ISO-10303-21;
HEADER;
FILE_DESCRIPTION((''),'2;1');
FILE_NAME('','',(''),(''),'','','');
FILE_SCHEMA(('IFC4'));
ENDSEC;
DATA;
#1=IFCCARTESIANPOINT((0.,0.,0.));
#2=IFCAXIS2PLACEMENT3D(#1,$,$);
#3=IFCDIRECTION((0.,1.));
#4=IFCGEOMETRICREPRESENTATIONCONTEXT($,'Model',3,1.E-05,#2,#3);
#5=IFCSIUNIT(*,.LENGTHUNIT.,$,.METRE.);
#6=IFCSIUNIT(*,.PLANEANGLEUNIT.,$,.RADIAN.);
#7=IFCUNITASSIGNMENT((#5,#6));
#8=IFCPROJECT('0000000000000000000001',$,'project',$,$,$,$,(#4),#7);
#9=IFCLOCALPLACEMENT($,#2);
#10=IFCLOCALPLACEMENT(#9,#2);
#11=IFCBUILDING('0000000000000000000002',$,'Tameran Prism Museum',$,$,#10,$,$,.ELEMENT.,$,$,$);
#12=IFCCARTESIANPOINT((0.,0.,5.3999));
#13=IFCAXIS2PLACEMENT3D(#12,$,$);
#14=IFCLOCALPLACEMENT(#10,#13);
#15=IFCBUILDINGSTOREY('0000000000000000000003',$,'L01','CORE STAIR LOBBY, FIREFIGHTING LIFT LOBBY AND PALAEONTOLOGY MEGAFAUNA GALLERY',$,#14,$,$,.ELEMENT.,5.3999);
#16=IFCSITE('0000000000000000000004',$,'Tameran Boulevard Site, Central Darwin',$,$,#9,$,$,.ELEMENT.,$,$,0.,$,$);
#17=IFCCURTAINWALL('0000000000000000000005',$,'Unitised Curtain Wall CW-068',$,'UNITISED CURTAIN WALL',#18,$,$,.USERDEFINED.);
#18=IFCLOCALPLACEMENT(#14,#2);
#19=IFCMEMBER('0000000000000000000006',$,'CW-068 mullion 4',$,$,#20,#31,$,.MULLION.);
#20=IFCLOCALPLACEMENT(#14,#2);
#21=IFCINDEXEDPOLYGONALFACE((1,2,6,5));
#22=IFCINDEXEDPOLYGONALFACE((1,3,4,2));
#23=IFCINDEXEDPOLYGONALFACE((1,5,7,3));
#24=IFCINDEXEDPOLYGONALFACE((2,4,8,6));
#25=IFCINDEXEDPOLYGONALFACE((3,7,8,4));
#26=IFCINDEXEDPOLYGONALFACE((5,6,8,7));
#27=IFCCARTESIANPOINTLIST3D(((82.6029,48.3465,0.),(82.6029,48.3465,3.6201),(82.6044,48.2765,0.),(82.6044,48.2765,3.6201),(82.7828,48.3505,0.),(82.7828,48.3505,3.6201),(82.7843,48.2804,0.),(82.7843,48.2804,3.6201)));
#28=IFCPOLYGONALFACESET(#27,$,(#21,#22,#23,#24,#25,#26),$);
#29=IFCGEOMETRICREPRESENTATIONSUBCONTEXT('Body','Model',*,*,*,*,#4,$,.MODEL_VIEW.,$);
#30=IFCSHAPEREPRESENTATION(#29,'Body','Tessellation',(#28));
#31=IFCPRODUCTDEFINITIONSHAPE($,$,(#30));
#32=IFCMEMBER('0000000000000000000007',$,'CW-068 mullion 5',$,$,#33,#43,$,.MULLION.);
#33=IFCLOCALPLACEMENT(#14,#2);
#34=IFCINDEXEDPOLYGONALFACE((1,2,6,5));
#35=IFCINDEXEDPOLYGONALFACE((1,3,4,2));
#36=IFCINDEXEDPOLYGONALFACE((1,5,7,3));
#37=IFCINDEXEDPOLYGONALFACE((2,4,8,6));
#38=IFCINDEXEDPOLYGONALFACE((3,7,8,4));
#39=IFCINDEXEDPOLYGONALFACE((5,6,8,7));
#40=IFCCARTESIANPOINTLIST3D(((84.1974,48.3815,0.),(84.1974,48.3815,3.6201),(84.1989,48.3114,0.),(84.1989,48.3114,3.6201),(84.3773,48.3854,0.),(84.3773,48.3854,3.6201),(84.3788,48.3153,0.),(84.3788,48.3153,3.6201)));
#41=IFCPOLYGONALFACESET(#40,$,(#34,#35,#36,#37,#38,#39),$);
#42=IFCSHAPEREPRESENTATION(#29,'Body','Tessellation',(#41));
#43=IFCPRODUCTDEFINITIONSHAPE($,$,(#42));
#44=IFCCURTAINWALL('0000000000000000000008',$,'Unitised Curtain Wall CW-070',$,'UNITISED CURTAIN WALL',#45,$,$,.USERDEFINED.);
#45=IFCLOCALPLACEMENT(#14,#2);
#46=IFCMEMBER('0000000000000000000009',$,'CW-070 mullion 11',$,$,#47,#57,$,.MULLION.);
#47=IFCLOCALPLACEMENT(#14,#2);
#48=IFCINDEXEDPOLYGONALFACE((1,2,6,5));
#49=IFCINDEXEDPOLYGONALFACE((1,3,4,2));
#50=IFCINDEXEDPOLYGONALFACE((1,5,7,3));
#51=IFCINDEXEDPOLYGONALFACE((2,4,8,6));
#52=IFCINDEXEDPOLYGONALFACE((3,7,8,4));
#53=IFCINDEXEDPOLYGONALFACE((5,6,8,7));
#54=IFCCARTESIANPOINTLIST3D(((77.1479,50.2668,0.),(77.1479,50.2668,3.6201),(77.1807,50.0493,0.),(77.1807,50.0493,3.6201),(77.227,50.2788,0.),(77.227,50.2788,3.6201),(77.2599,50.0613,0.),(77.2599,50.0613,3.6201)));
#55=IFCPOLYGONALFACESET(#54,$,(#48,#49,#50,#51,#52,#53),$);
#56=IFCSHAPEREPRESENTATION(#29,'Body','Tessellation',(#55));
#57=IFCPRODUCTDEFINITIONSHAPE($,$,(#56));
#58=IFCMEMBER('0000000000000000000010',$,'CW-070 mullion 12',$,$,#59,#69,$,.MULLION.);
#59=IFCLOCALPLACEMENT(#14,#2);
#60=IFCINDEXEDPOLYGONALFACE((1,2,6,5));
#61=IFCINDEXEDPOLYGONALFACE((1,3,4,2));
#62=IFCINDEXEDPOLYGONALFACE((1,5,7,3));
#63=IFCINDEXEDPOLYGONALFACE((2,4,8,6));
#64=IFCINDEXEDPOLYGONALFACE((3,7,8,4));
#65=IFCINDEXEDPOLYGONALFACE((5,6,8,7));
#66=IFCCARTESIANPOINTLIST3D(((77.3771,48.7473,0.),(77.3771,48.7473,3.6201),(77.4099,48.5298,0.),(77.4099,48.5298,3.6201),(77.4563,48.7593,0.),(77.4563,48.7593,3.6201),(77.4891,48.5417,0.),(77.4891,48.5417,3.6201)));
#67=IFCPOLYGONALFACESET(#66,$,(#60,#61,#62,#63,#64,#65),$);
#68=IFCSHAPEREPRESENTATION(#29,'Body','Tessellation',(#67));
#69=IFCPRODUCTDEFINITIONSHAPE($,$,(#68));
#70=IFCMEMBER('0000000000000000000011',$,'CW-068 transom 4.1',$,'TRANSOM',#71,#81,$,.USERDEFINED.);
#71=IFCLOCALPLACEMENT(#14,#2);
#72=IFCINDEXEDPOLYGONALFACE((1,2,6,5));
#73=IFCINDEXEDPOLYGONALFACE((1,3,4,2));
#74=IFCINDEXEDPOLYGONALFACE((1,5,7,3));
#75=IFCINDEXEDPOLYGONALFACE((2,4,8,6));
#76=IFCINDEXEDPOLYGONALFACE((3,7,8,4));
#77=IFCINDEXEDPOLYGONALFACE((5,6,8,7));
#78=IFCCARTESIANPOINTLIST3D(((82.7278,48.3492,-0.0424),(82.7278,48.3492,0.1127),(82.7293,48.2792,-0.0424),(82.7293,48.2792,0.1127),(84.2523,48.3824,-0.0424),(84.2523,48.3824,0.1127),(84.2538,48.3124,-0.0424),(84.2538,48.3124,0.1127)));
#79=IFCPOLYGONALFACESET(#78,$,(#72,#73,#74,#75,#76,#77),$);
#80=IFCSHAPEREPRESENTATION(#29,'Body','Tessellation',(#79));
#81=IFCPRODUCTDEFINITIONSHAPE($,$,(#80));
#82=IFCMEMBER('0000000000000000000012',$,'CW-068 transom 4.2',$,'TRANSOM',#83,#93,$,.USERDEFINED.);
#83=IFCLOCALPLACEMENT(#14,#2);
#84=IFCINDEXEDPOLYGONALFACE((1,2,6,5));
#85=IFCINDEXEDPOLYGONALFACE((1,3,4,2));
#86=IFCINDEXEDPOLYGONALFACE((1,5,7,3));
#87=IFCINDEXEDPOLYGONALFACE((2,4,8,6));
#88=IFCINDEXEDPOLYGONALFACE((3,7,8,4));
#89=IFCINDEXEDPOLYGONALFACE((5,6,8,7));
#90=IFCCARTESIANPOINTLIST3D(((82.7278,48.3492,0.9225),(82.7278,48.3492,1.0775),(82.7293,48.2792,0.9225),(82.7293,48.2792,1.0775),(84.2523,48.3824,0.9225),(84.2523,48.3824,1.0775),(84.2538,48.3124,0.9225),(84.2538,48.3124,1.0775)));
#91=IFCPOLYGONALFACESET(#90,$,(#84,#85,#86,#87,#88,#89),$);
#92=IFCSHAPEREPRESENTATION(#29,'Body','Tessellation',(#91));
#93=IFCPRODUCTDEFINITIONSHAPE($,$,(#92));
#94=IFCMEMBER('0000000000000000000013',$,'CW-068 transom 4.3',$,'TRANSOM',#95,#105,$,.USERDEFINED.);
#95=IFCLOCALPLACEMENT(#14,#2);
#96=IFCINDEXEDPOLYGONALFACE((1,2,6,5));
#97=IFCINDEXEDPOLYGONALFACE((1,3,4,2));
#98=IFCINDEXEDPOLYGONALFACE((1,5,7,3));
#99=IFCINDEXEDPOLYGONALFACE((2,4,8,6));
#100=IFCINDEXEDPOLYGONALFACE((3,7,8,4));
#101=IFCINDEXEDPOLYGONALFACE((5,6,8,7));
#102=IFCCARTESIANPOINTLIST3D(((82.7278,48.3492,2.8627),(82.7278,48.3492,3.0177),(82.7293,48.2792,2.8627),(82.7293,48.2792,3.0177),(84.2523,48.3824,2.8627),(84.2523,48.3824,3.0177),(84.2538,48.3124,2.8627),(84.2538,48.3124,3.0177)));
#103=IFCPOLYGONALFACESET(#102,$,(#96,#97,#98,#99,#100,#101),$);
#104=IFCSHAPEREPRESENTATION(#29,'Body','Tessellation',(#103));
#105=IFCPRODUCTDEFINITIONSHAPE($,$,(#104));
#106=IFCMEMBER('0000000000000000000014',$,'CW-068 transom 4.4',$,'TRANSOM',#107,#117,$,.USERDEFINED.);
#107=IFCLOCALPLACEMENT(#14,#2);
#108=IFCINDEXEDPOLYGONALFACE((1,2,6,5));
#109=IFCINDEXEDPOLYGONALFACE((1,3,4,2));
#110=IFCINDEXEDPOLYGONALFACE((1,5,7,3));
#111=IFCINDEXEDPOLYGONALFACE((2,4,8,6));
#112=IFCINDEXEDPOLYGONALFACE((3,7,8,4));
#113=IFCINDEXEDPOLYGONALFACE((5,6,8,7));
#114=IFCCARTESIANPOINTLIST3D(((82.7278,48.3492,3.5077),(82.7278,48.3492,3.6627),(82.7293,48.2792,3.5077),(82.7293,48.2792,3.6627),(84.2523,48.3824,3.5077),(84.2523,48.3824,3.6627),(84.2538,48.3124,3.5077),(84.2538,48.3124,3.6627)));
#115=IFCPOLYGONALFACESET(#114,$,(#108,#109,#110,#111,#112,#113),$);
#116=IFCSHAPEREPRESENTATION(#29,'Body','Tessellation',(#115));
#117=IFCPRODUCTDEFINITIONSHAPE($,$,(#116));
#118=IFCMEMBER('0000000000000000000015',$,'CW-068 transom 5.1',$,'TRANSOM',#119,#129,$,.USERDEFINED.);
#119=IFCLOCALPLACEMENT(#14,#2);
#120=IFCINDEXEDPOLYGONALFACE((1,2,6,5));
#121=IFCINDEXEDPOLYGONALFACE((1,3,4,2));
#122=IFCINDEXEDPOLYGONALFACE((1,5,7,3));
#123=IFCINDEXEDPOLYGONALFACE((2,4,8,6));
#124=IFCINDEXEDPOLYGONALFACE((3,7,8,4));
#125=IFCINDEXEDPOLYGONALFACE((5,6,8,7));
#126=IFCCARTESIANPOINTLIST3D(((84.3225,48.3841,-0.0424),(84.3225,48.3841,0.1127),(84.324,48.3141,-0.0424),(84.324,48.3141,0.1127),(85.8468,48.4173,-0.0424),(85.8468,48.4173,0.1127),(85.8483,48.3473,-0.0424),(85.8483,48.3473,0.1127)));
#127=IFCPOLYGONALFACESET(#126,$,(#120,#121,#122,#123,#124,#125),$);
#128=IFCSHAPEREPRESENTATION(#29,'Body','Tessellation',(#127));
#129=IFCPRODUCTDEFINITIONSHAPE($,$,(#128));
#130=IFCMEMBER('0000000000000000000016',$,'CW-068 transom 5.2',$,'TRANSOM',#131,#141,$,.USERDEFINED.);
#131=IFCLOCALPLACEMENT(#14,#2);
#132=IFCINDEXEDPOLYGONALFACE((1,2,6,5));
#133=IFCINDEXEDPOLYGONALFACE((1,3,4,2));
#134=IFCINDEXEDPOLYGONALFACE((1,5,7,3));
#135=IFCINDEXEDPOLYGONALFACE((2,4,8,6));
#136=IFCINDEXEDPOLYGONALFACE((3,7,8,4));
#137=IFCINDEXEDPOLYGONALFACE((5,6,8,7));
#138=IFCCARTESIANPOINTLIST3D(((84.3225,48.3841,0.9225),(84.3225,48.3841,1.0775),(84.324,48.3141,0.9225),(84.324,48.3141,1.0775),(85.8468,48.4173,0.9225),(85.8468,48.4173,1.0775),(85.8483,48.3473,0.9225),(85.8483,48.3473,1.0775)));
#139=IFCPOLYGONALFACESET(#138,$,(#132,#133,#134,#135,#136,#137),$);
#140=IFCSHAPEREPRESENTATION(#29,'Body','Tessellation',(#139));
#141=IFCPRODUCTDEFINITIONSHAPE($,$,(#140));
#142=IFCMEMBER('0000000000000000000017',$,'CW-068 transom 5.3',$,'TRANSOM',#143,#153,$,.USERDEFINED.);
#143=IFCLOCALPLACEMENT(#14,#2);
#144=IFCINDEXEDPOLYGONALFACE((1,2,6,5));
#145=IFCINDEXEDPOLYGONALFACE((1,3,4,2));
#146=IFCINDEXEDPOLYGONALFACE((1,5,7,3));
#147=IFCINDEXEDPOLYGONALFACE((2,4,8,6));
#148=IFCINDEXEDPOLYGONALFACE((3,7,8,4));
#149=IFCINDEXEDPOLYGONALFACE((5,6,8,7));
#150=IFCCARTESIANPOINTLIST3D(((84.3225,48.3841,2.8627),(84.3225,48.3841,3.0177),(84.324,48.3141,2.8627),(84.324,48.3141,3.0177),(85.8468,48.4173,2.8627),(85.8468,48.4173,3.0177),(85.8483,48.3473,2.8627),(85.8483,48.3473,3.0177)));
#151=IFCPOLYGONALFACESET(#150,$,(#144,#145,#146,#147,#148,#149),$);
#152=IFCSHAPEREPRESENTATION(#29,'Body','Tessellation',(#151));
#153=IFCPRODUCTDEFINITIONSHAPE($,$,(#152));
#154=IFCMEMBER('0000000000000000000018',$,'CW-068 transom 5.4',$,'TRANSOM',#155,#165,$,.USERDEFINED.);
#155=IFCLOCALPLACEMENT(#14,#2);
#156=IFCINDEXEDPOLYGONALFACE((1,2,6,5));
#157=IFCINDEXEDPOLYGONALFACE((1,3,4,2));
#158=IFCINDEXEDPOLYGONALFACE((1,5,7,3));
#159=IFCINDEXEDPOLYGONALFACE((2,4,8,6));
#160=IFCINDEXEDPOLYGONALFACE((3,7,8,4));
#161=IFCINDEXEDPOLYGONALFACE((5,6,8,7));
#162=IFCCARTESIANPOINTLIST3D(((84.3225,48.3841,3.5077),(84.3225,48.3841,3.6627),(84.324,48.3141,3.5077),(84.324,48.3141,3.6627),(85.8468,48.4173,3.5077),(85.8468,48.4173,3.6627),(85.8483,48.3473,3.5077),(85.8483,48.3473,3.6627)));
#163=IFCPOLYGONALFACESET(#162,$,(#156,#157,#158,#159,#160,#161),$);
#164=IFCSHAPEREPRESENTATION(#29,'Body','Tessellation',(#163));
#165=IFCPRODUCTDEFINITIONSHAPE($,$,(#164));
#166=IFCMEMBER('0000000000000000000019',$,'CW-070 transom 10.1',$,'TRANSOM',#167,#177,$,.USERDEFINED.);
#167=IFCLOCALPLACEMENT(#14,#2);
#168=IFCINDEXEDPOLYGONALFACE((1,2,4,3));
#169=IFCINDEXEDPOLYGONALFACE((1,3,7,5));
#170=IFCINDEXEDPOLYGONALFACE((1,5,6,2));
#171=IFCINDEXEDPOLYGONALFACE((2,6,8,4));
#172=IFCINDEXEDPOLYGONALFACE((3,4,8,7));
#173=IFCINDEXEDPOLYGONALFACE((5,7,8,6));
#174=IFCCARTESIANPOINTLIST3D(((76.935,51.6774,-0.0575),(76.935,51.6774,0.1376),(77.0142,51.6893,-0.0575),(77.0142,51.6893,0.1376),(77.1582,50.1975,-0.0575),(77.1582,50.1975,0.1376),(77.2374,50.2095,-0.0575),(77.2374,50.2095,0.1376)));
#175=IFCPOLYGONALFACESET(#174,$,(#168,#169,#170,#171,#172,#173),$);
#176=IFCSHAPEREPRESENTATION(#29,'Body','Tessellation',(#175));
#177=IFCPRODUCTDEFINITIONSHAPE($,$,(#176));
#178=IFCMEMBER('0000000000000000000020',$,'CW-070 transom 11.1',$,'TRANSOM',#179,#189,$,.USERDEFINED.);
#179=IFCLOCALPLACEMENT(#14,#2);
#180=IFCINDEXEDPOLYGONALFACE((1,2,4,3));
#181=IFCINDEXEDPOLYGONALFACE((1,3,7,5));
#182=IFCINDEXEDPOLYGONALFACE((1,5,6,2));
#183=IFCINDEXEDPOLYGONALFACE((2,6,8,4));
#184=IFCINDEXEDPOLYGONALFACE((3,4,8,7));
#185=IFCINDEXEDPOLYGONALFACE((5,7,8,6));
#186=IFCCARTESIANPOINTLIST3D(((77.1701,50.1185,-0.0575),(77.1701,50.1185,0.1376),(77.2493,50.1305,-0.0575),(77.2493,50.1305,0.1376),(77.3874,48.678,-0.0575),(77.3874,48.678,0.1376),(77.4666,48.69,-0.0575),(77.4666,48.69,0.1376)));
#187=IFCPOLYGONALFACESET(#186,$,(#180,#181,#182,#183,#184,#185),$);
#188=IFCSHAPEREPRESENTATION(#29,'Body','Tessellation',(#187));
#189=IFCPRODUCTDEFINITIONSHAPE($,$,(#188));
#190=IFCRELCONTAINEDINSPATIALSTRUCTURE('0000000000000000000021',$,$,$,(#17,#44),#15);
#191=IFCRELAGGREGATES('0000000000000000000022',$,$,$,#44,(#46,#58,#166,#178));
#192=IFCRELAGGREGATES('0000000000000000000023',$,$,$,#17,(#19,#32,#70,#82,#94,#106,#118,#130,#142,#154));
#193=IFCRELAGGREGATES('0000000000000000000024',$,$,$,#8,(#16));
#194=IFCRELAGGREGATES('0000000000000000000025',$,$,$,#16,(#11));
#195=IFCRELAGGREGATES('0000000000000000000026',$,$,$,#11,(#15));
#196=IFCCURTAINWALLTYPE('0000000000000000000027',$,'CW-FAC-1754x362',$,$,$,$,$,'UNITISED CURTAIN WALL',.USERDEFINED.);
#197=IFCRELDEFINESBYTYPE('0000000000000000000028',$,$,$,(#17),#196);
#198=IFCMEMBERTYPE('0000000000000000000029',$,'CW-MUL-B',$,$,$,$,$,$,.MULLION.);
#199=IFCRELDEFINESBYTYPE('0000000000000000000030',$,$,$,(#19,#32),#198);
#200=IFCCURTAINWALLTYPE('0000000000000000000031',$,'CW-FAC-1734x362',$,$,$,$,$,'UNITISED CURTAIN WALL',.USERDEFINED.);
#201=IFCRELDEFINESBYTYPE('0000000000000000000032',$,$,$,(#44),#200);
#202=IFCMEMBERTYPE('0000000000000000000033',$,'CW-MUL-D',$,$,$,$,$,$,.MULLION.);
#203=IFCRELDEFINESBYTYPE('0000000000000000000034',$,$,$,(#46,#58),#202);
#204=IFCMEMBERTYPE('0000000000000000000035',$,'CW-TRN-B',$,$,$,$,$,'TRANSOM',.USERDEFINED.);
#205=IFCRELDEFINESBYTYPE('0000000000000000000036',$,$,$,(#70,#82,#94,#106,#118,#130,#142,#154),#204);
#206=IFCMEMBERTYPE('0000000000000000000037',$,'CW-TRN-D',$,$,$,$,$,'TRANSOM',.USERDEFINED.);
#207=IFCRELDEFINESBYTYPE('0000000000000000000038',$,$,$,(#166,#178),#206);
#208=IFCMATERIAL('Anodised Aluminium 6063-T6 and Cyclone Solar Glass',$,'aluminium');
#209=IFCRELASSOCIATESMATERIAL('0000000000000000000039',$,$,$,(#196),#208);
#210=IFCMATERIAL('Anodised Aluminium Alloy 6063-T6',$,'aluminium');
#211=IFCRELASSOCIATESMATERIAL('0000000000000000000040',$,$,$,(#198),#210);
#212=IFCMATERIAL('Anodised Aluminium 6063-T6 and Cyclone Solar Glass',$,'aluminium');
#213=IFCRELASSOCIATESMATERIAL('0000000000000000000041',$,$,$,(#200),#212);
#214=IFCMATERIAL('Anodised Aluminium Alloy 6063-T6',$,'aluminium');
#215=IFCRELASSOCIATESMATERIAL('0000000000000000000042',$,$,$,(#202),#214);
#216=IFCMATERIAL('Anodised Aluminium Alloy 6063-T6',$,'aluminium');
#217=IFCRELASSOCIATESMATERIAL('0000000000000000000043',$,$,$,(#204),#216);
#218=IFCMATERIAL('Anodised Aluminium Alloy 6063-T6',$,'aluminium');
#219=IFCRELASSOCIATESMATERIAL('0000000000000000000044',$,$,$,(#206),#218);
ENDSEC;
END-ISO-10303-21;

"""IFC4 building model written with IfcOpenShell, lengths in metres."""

from ifc_helpers import new_model, si_unit, direction, frame, origin, origin_2d, place, context, subcontext, project, spatial, rectangle, extrude, material, material_profile, profile_set, type_object, element, aggregate, save


model = new_model("IFC4")

# Units and contexts
model_context = context("Model", 3, precision=1e-05, world=origin(), true_north=direction((0.0, 1.0)))
body_context = subcontext(model_context, "Body", "Model", "MODEL_VIEW")
ifc_project = project(units=[si_unit("LENGTHUNIT", "METRE"), si_unit("PLANEANGLEUNIT", "RADIAN")], contexts=[model_context])

# Site, building, storey
site_placement = place(None, origin())
site = spatial("IfcSite", under=ifc_project, at=site_placement, Name="Tameran Boulevard Site, Central Darwin", CompositionType="ELEMENT", RefElevation=0.0)
building_placement = place(site_placement, origin())
building = spatial("IfcBuilding", under=site, at=building_placement, Name="Tameran Prism Museum", CompositionType="ELEMENT")
storey_placement = place(building_placement, frame((0.0, 0.0, 5.3999)))
storey = spatial("IfcBuildingStorey", under=building, at=storey_placement, Name="L01", Description="CORE STAIR LOBBY, FIREFIGHTING LIFT LOBBY AND PALAEONTOLOGY MEGAFAUNA GALLERY", CompositionType="ELEMENT", Elevation=5.3999)

# Curtain walls, members
ifc_material_1 = material(Name="Anodised Aluminium 6063-T6 and Cyclone Solar Glass", Category="aluminium")
curtain_wall_type_1 = type_object("IfcCurtainWallType", Name="CW-FAC-1754x362", ElementType="UNITISED CURTAIN WALL", PredefinedType="USERDEFINED", material=ifc_material_1)
curtain_wall_1_placement = place(storey_placement, origin())
curtain_wall_1 = element("IfcCurtainWall", 1, at=curtain_wall_1_placement, inside=storey, type_object=curtain_wall_type_1, Name="Unitised Curtain Wall CW-068", ObjectType="UNITISED CURTAIN WALL", PredefinedType="USERDEFINED")
ifc_material_2 = material(Name="Anodised Aluminium Alloy 6063-T6", Category="aluminium")
ifc_material_profile_1 = material_profile(ifc_material_2, rectangle(XDim=0.0701, YDim=0.1799, at=origin_2d()))
ifc_profile_set_1 = profile_set([ifc_material_profile_1])
member_type_1 = type_object("IfcMemberType", Name="CW-MUL-B", PredefinedType="MULLION", material=ifc_profile_set_1)
member_1_placement = place(storey_placement, frame((82.6936, 48.3135, 0.0), z_axis=(0.0, 0.0, 1.0), x_axis=(-0.021831, 0.999762, 0.0)))
member_1 = element("IfcMember", 2, at=member_1_placement, type_object=member_type_1, Name="CW-068 mullion 4", PredefinedType="MULLION", context=body_context, shape_type="SweptSolid", body=[
    extrude(rectangle(XDim=0.0701, YDim=0.1799, at=origin_2d()), origin(), (0.0, 0.0, 1.0), 3.6201),
])
member_2_placement = place(storey_placement, frame((84.2881, 48.3484, 0.0), z_axis=(0.0, 0.0, 1.0), x_axis=(-0.021831, 0.999762, 0.0)))
member_2 = element("IfcMember", 3, at=member_2_placement, type_object=member_type_1, Name="CW-068 mullion 5", PredefinedType="MULLION", context=body_context, shape_type="SweptSolid", body=[
    extrude(rectangle(XDim=0.0701, YDim=0.1799, at=origin_2d()), origin(), (0.0, 0.0, 1.0), 3.6201),
])
ifc_material_3 = material(Name="Anodised Aluminium 6063-T6 and Cyclone Solar Glass", Category="aluminium")
curtain_wall_type_2 = type_object("IfcCurtainWallType", Name="CW-FAC-1734x362", ElementType="UNITISED CURTAIN WALL", PredefinedType="USERDEFINED", material=ifc_material_3)
curtain_wall_2_placement = place(storey_placement, origin())
curtain_wall_2 = element("IfcCurtainWall", 4, at=curtain_wall_2_placement, inside=storey, type_object=curtain_wall_type_2, Name="Unitised Curtain Wall CW-070", ObjectType="UNITISED CURTAIN WALL", PredefinedType="USERDEFINED")
ifc_material_4 = material(Name="Anodised Aluminium Alloy 6063-T6", Category="aluminium")
ifc_material_profile_2 = material_profile(ifc_material_4, rectangle(XDim=0.0801, YDim=0.22, at=origin_2d()))
ifc_profile_set_2 = profile_set([ifc_material_profile_2])
member_type_2 = type_object("IfcMemberType", Name="CW-MUL-D", PredefinedType="MULLION", material=ifc_profile_set_2)
member_3_placement = place(storey_placement, frame((77.2039, 50.1641, 0.0), z_axis=(0.0, 0.0, 1.0), x_axis=(0.988812, 0.149167, 0.0)))
member_3 = element("IfcMember", 5, at=member_3_placement, type_object=member_type_2, Name="CW-070 mullion 11", PredefinedType="MULLION", context=body_context, shape_type="SweptSolid", body=[
    extrude(rectangle(XDim=0.0801, YDim=0.22, at=origin_2d()), origin(), (0.0, 0.0, 1.0), 3.6201),
])
member_4_placement = place(storey_placement, frame((77.4331, 48.6445, 0.0), z_axis=(0.0, 0.0, 1.0), x_axis=(0.988812, 0.149167, 0.0)))
member_4 = element("IfcMember", 6, at=member_4_placement, type_object=member_type_2, Name="CW-070 mullion 12", PredefinedType="MULLION", context=body_context, shape_type="SweptSolid", body=[
    extrude(rectangle(XDim=0.0801, YDim=0.22, at=origin_2d()), origin(), (0.0, 0.0, 1.0), 3.6201),
])

# Members
ifc_material_5 = material(Name="Anodised Aluminium Alloy 6063-T6", Category="aluminium")
ifc_material_profile_3 = material_profile(ifc_material_5, rectangle(XDim=0.0701, YDim=0.155, at=origin_2d()))
ifc_profile_set_3 = profile_set([ifc_material_profile_3])
member_type_3 = type_object("IfcMemberType", Name="CW-TRN-B", ElementType="TRANSOM", PredefinedType="USERDEFINED", material=ifc_profile_set_3)
member_5_placement = place(storey_placement, frame((82.7285, 48.3142, 0.0352), z_axis=(0.999763, 0.021772, 0.0), x_axis=(-0.021772, 0.999763, 0.0)))
member_5 = element("IfcMember", 7, at=member_5_placement, type_object=member_type_3, Name="CW-068 transom 4.1", ObjectType="TRANSOM", PredefinedType="USERDEFINED", context=body_context, shape_type="SweptSolid", body=[
    extrude(rectangle(XDim=0.0701, YDim=0.155, at=origin_2d()), origin(), (0.0, 0.0, 1.0), 1.5249),
])
member_6_placement = place(storey_placement, frame((82.7285, 48.3142, 1.0), z_axis=(0.999763, 0.021772, 0.0), x_axis=(-0.021772, 0.999763, 0.0)))
member_6 = element("IfcMember", 8, at=member_6_placement, type_object=member_type_3, Name="CW-068 transom 4.2", ObjectType="TRANSOM", PredefinedType="USERDEFINED", context=body_context, shape_type="SweptSolid", body=[
    extrude(rectangle(XDim=0.0701, YDim=0.155, at=origin_2d()), origin(), (0.0, 0.0, 1.0), 1.5249),
])
member_7_placement = place(storey_placement, frame((82.7285, 48.3142, 2.9402), z_axis=(0.999763, 0.021772, 0.0), x_axis=(-0.021772, 0.999763, 0.0)))
member_7 = element("IfcMember", 9, at=member_7_placement, type_object=member_type_3, Name="CW-068 transom 4.3", ObjectType="TRANSOM", PredefinedType="USERDEFINED", context=body_context, shape_type="SweptSolid", body=[
    extrude(rectangle(XDim=0.0701, YDim=0.155, at=origin_2d()), origin(), (0.0, 0.0, 1.0), 1.5249),
])
member_8_placement = place(storey_placement, frame((82.7285, 48.3142, 3.5852), z_axis=(0.999763, 0.021772, 0.0), x_axis=(-0.021772, 0.999763, 0.0)))
member_8 = element("IfcMember", 10, at=member_8_placement, type_object=member_type_3, Name="CW-068 transom 4.4", ObjectType="TRANSOM", PredefinedType="USERDEFINED", context=body_context, shape_type="SweptSolid", body=[
    extrude(rectangle(XDim=0.0701, YDim=0.155, at=origin_2d()), origin(), (0.0, 0.0, 1.0), 1.5249),
])
member_9_placement = place(storey_placement, frame((84.3232, 48.3491, 0.0352), z_axis=(0.999763, 0.021776, 0.0), x_axis=(-0.021776, 0.999763, 0.0)))
member_9 = element("IfcMember", 11, at=member_9_placement, type_object=member_type_3, Name="CW-068 transom 5.1", ObjectType="TRANSOM", PredefinedType="USERDEFINED", context=body_context, shape_type="SweptSolid", body=[
    extrude(rectangle(XDim=0.0701, YDim=0.155, at=origin_2d()), origin(), (0.0, 0.0, 1.0), 1.5247),
])
member_10_placement = place(storey_placement, frame((84.3232, 48.3491, 1.0), z_axis=(0.999763, 0.021776, 0.0), x_axis=(-0.021776, 0.999763, 0.0)))
member_10 = element("IfcMember", 12, at=member_10_placement, type_object=member_type_3, Name="CW-068 transom 5.2", ObjectType="TRANSOM", PredefinedType="USERDEFINED", context=body_context, shape_type="SweptSolid", body=[
    extrude(rectangle(XDim=0.0701, YDim=0.155, at=origin_2d()), origin(), (0.0, 0.0, 1.0), 1.5247),
])
member_11_placement = place(storey_placement, frame((84.3232, 48.3491, 2.9402), z_axis=(0.999763, 0.021776, 0.0), x_axis=(-0.021776, 0.999763, 0.0)))
member_11 = element("IfcMember", 13, at=member_11_placement, type_object=member_type_3, Name="CW-068 transom 5.3", ObjectType="TRANSOM", PredefinedType="USERDEFINED", context=body_context, shape_type="SweptSolid", body=[
    extrude(rectangle(XDim=0.0701, YDim=0.155, at=origin_2d()), origin(), (0.0, 0.0, 1.0), 1.5247),
])
member_12_placement = place(storey_placement, frame((84.3232, 48.3491, 3.5852), z_axis=(0.999763, 0.021776, 0.0), x_axis=(-0.021776, 0.999763, 0.0)))
member_12 = element("IfcMember", 14, at=member_12_placement, type_object=member_type_3, Name="CW-068 transom 5.4", ObjectType="TRANSOM", PredefinedType="USERDEFINED", context=body_context, shape_type="SweptSolid", body=[
    extrude(rectangle(XDim=0.0701, YDim=0.155, at=origin_2d()), origin(), (0.0, 0.0, 1.0), 1.5247),
])
ifc_material_6 = material(Name="Anodised Aluminium Alloy 6063-T6", Category="aluminium")
ifc_material_profile_4 = material_profile(ifc_material_6, rectangle(XDim=0.0801, YDim=0.1951, at=origin_2d()))
ifc_profile_set_4 = profile_set([ifc_material_profile_4])
member_type_4 = type_object("IfcMemberType", Name="CW-TRN-D", ElementType="TRANSOM", PredefinedType="USERDEFINED", material=ifc_profile_set_4)
member_13_placement = place(storey_placement, frame((76.9746, 51.6833, 0.04), z_axis=(0.149114, -0.98882, 0.0), x_axis=(0.98882, 0.149114, 0.0)))
member_13 = element("IfcMember", 15, at=member_13_placement, type_object=member_type_4, Name="CW-070 transom 10.1", ObjectType="TRANSOM", PredefinedType="USERDEFINED", context=body_context, shape_type="SweptSolid", body=[
    extrude(rectangle(XDim=0.0801, YDim=0.1951, at=origin_2d()), origin(), (0.0, 0.0, 1.0), 1.4966),
])
member_14_placement = place(storey_placement, frame((77.2097, 50.1245, 0.04), z_axis=(0.14916, -0.988813, 0.0), x_axis=(0.988813, 0.14916, 0.0)))
member_14 = element("IfcMember", 16, at=member_14_placement, type_object=member_type_4, Name="CW-070 transom 11.1", ObjectType="TRANSOM", PredefinedType="USERDEFINED", context=body_context, shape_type="SweptSolid", body=[
    extrude(rectangle(XDim=0.0801, YDim=0.1951, at=origin_2d()), origin(), (0.0, 0.0, 1.0), 1.4568),
])

aggregate(curtain_wall_2, [member_3, member_4, member_13, member_14])
aggregate(curtain_wall_1, [member_1, member_2, member_5, member_6, member_7, member_8, member_9, member_10, member_11, member_12])

save(model, "model.ifc")
